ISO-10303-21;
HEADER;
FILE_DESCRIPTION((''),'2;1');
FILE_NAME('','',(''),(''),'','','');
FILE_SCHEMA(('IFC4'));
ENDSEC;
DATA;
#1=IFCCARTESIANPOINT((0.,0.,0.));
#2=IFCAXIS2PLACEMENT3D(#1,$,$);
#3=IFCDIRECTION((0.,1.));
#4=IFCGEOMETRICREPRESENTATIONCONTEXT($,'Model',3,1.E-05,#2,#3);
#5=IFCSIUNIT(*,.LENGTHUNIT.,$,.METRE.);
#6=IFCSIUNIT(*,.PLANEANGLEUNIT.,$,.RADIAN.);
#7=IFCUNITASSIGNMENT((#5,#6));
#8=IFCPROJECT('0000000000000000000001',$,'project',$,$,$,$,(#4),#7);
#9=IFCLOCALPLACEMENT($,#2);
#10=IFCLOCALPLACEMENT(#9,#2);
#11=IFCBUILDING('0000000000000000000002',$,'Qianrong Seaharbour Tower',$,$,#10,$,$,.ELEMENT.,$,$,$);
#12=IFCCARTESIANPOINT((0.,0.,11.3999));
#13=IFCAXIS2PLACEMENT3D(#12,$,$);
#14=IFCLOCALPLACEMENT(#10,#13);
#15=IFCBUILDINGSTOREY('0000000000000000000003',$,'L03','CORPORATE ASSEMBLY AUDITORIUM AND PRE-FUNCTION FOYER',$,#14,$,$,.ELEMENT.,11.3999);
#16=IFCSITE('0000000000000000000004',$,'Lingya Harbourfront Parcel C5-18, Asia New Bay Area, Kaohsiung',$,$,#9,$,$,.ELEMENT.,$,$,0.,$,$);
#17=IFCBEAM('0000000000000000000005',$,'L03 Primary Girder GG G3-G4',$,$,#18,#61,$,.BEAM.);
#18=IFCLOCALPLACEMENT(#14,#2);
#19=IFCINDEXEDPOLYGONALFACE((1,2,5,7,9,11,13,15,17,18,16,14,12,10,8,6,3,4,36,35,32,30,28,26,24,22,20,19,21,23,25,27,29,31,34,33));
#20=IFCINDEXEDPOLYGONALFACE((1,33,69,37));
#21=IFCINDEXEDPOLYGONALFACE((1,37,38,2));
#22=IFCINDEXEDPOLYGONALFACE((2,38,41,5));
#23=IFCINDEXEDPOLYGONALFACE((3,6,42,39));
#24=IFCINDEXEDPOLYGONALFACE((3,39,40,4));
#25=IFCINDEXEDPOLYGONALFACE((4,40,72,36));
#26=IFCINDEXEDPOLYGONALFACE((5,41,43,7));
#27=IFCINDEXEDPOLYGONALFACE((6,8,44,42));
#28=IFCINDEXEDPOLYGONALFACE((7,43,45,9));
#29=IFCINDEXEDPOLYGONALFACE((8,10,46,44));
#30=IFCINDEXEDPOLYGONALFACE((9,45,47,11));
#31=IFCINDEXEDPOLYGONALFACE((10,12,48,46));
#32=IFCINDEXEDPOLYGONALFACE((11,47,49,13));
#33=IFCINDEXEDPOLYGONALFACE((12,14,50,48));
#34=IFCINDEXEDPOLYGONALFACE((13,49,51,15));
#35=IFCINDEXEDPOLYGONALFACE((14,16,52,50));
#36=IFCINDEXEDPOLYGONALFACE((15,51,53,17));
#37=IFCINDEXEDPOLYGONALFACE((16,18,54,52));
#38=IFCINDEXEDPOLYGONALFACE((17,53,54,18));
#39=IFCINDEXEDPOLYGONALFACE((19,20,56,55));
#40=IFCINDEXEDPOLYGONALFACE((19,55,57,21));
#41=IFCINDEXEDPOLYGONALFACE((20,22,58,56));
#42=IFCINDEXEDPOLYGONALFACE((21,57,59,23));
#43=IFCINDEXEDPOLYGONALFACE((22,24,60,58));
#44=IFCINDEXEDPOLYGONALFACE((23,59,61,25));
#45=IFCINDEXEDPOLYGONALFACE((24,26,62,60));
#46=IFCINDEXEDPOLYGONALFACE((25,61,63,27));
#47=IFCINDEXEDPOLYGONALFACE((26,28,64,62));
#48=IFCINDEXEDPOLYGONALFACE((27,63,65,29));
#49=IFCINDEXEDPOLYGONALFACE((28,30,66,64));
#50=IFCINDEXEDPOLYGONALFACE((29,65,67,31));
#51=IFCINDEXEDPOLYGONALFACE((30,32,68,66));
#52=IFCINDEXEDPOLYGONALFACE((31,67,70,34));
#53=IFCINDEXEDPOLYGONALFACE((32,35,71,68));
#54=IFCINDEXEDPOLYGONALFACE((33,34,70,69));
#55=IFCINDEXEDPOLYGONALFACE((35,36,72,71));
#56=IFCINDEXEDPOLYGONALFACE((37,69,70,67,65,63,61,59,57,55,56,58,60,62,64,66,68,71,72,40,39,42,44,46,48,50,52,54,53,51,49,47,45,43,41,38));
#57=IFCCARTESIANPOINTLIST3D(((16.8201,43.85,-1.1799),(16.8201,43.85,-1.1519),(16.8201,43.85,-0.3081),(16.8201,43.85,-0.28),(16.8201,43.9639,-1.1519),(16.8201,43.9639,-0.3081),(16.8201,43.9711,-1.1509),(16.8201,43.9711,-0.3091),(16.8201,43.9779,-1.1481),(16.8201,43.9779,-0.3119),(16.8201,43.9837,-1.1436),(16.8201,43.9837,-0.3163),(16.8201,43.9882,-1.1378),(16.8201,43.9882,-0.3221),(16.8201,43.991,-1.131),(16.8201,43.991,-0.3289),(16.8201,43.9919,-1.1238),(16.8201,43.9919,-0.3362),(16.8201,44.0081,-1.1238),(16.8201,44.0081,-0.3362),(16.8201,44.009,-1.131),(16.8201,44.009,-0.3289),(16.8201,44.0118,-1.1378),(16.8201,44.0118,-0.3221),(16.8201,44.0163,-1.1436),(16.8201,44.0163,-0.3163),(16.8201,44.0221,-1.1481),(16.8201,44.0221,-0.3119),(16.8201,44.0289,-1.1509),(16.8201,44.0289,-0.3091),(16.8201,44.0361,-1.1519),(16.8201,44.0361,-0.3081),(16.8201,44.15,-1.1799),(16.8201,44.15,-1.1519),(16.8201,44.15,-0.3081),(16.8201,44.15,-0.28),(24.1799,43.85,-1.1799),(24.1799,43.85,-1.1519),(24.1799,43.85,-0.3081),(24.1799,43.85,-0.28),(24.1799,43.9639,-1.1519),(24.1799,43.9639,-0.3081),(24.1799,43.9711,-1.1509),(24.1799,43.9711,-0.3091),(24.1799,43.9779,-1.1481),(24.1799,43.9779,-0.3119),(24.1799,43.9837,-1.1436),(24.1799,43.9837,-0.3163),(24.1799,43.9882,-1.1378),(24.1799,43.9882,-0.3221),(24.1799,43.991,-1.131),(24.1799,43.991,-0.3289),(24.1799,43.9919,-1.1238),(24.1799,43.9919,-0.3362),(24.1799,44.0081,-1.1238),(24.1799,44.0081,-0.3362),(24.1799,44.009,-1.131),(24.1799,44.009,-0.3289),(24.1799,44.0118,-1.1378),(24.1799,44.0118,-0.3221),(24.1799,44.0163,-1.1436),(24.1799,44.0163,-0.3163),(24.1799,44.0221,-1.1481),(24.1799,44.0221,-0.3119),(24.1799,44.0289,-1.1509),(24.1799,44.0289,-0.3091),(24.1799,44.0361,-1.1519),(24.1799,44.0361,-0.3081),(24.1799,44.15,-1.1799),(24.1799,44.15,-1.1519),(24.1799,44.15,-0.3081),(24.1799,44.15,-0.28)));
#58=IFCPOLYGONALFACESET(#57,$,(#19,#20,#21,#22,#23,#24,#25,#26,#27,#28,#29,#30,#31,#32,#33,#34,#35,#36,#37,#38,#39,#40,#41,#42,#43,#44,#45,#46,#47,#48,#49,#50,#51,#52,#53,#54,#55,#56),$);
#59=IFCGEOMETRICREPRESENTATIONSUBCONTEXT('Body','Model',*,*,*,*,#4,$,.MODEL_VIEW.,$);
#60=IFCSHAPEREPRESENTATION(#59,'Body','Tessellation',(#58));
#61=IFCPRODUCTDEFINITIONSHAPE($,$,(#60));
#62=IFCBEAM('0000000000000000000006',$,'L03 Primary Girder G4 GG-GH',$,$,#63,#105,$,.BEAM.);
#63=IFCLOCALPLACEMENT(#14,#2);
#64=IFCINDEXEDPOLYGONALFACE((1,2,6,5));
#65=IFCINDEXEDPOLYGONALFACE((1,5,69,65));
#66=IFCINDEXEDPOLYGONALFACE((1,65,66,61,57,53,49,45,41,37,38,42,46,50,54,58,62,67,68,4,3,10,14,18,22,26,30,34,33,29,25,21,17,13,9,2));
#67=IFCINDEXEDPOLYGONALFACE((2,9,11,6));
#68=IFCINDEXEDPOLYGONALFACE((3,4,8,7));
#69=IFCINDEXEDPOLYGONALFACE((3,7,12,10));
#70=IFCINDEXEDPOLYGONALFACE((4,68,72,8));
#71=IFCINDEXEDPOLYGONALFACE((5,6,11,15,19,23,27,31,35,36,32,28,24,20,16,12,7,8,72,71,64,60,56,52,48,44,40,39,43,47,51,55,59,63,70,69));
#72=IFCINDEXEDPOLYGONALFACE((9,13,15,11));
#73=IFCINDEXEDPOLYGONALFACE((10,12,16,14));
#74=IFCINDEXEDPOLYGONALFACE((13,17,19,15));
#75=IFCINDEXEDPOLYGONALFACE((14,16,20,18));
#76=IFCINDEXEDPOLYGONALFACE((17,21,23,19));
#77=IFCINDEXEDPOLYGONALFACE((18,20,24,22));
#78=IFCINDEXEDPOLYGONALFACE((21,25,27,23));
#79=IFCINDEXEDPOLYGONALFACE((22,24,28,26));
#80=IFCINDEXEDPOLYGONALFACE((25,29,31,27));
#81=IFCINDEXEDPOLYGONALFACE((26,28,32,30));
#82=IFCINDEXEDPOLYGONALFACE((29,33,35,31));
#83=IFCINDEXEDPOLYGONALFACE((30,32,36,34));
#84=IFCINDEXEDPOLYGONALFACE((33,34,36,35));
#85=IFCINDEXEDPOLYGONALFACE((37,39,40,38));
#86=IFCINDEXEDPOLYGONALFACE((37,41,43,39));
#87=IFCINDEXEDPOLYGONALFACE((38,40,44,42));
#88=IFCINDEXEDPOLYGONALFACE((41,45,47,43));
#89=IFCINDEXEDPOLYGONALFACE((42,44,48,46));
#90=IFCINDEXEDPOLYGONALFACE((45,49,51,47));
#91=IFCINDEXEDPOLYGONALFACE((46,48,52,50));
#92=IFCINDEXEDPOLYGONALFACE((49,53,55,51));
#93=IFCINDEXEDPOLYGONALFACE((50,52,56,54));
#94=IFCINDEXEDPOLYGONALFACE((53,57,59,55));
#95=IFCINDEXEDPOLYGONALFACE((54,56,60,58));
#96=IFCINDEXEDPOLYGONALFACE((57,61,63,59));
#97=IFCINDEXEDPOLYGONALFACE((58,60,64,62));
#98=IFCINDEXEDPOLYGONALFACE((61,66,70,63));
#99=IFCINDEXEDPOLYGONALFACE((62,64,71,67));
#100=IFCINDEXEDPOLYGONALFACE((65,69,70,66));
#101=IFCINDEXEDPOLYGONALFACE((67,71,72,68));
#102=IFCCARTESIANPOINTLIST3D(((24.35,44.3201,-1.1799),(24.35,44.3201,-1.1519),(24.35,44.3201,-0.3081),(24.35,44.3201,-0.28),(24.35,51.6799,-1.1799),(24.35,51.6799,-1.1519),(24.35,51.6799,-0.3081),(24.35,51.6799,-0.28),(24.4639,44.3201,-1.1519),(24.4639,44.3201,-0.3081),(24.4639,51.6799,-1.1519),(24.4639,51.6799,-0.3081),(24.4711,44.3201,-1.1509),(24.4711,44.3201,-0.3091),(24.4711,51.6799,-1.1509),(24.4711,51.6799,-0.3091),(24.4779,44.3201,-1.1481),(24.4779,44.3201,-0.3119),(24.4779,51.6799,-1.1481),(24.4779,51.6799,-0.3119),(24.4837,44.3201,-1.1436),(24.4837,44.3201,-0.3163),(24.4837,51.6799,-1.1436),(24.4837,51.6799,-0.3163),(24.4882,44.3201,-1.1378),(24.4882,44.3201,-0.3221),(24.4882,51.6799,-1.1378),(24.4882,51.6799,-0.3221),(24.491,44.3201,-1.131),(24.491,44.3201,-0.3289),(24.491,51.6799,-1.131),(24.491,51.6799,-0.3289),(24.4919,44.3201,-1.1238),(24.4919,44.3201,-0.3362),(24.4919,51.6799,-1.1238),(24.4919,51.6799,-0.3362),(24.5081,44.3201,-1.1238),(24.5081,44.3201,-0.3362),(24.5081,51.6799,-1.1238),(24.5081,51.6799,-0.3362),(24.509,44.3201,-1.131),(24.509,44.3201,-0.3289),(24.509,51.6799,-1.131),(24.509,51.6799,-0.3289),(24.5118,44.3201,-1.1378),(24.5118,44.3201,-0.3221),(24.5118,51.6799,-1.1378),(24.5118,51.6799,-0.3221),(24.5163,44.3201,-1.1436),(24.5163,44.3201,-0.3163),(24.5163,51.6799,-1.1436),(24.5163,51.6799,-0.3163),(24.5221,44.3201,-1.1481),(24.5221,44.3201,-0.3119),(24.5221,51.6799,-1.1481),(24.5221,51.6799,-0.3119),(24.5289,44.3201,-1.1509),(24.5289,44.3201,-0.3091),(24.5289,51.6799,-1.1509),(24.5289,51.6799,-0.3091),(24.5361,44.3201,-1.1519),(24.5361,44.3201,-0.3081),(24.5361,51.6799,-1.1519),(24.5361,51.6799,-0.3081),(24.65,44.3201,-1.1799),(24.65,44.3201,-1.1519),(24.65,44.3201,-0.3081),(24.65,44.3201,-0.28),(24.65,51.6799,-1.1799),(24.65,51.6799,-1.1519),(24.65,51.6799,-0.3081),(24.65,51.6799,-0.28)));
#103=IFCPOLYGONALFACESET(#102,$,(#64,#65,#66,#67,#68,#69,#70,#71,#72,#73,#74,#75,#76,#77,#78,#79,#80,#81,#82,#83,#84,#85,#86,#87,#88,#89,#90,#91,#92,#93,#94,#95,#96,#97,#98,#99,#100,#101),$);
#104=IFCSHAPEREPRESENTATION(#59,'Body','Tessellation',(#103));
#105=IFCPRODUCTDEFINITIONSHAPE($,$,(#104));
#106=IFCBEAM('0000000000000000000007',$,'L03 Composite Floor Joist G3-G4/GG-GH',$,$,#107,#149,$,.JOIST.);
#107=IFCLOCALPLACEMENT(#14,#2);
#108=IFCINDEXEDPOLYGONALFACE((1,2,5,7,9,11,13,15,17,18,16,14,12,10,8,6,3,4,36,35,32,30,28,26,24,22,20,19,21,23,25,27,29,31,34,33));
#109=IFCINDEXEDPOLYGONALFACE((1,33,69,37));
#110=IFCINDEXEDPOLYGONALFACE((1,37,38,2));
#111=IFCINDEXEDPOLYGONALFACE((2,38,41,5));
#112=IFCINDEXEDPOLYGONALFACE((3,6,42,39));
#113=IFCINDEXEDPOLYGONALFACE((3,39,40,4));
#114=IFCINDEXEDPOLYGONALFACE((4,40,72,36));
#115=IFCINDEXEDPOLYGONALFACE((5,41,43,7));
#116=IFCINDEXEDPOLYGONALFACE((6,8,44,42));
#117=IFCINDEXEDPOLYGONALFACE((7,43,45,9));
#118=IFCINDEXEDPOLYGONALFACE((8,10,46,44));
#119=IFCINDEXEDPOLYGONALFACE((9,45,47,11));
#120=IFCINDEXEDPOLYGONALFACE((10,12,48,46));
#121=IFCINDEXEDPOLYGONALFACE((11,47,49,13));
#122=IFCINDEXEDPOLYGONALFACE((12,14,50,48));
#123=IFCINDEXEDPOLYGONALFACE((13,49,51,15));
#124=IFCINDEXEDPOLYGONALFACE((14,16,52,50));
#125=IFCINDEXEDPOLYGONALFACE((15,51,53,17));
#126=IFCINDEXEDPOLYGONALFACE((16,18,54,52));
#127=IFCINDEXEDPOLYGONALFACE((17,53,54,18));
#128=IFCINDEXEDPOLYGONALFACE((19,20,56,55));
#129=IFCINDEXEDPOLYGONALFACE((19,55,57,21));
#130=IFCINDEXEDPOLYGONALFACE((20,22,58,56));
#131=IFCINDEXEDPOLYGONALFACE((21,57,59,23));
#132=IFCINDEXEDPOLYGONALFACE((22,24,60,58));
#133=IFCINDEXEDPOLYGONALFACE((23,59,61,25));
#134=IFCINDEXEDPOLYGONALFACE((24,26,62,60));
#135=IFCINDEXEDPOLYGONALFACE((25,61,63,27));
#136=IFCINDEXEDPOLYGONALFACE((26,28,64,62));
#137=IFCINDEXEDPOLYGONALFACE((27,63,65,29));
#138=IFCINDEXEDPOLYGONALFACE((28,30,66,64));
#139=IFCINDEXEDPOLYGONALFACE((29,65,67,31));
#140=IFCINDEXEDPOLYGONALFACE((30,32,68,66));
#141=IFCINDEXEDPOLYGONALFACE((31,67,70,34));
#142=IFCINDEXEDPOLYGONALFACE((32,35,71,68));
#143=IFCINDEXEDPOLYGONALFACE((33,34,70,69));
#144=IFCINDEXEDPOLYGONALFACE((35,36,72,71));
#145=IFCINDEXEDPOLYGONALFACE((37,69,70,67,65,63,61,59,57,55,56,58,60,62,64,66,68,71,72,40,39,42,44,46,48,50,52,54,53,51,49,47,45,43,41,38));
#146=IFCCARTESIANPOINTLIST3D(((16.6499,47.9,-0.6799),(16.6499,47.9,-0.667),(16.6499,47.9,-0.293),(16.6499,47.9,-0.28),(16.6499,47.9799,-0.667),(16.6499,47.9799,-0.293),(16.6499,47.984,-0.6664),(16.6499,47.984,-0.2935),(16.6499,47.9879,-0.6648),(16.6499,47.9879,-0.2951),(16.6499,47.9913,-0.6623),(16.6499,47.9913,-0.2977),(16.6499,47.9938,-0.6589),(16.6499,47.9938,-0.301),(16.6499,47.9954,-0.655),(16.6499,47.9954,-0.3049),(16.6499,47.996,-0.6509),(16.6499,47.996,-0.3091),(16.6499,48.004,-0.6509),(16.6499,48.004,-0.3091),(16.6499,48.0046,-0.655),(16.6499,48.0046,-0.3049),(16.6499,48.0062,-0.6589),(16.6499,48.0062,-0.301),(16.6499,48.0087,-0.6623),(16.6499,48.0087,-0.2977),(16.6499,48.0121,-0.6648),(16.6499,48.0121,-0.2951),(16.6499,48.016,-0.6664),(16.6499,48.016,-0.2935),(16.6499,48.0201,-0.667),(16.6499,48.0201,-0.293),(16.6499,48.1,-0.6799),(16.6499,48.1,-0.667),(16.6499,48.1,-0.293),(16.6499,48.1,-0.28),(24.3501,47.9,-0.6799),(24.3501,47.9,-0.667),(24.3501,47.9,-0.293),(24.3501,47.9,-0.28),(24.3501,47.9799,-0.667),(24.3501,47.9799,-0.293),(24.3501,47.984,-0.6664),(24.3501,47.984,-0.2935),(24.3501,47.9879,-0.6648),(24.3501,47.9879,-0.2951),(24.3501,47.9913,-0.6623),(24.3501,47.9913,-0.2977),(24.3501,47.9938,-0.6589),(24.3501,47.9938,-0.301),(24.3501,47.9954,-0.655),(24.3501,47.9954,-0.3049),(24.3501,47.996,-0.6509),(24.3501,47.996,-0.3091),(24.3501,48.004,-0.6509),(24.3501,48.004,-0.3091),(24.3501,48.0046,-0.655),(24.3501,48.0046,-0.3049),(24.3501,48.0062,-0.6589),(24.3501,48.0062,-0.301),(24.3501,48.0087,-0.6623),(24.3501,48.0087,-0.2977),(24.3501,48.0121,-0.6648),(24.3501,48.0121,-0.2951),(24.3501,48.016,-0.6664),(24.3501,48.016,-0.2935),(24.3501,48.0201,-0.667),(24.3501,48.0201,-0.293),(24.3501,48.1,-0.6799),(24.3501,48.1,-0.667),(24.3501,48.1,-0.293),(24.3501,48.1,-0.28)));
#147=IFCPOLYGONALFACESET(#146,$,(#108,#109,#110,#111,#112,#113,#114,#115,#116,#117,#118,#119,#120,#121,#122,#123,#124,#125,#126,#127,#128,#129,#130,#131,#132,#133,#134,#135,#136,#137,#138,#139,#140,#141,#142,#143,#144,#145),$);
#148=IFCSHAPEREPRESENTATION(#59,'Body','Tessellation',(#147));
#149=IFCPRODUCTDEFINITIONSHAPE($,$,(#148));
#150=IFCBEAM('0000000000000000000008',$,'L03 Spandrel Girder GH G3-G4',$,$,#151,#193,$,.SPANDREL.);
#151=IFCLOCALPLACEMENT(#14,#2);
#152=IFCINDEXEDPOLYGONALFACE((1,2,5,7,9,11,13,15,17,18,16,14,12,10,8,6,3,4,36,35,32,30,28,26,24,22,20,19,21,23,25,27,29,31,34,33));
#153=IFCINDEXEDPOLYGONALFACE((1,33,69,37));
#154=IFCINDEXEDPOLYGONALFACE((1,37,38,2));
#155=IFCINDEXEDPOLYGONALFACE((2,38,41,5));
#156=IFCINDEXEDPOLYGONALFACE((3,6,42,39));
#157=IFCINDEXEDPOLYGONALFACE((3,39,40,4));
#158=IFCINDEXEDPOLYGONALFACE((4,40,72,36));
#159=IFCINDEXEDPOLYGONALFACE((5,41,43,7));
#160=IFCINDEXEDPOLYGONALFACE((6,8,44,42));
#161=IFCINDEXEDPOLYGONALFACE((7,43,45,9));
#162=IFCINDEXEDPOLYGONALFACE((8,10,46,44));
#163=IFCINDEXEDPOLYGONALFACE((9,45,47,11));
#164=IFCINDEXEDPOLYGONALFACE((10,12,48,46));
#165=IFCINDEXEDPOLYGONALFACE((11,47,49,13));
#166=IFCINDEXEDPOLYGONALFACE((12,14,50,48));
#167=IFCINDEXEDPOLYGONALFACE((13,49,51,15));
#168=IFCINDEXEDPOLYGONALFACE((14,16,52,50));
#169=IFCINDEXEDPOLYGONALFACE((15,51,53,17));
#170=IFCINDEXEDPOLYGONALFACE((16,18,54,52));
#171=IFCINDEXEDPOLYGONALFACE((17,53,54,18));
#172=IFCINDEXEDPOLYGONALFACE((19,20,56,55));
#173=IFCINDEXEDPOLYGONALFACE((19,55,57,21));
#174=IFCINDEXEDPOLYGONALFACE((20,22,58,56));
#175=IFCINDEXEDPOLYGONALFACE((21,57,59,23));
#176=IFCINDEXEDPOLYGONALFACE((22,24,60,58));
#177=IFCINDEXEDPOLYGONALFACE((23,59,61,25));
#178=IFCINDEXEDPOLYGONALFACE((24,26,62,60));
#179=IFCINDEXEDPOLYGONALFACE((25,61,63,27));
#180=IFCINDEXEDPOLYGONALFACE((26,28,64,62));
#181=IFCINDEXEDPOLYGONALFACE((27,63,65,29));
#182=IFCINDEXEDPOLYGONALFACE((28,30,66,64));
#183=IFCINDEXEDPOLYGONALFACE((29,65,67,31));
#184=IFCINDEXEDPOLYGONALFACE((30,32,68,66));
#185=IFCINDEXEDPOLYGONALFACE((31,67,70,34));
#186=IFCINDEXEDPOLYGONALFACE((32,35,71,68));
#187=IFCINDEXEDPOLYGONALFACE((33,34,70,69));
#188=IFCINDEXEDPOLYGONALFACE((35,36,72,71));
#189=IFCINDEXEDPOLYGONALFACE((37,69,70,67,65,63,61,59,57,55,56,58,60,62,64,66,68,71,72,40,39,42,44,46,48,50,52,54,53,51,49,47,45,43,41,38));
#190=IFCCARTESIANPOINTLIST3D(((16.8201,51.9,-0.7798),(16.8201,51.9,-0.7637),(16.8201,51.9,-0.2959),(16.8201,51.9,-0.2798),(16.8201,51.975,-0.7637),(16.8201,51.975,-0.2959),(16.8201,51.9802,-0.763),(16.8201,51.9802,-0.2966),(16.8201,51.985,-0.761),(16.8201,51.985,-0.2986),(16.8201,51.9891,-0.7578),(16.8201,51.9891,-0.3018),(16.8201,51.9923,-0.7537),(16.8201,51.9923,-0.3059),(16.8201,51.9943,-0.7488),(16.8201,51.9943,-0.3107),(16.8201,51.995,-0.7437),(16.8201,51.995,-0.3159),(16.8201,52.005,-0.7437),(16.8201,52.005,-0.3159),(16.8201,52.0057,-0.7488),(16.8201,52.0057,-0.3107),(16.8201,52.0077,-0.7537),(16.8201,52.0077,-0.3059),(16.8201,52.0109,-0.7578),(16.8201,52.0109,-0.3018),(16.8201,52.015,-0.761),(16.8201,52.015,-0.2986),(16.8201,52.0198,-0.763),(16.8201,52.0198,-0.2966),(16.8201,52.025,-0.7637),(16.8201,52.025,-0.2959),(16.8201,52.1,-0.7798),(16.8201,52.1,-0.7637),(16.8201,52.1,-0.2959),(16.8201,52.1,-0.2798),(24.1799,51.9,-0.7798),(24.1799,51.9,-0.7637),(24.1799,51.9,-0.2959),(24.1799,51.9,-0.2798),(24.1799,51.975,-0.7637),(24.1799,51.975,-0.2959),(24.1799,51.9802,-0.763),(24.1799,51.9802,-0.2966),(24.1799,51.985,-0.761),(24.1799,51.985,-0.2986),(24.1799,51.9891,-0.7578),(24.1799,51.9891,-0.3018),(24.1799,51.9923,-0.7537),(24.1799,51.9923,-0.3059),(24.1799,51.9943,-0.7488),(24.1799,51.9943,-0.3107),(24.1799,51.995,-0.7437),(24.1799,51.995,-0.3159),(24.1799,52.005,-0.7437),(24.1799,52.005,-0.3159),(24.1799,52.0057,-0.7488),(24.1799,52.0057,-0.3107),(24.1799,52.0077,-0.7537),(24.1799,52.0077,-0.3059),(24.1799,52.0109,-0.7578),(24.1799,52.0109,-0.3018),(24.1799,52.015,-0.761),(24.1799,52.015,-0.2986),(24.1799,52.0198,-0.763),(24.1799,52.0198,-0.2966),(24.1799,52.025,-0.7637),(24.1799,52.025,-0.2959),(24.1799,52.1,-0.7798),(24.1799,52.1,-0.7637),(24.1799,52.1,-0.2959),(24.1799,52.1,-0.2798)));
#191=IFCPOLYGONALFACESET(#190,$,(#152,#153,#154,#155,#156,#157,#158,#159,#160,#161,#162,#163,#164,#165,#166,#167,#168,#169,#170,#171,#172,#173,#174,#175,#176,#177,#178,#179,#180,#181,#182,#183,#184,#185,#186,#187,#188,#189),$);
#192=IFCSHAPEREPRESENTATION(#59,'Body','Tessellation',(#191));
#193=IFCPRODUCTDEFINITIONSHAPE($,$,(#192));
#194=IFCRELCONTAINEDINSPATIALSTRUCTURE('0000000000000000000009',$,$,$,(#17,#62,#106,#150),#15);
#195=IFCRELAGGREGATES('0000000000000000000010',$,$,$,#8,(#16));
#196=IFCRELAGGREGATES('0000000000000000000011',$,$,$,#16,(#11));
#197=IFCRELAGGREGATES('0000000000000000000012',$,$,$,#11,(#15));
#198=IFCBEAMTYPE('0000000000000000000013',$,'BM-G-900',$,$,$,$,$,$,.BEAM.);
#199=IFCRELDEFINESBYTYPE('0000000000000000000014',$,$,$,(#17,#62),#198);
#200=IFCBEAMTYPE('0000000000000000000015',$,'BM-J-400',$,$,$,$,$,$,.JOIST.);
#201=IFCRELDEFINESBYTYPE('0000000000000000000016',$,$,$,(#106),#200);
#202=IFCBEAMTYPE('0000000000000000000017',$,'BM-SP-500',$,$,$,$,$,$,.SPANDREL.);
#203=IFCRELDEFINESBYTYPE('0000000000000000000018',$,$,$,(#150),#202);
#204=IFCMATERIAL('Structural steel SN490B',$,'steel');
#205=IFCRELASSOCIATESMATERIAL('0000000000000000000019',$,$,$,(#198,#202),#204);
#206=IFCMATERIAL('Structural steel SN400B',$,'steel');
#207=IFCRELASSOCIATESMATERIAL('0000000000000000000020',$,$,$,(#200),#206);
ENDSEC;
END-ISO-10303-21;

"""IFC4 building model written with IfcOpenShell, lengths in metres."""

from ifc_helpers import new_model, si_unit, direction, frame, origin, origin_2d, place, context, subcontext, project, spatial, i_section, extrude, material, material_profile, profile_set, type_object, element, save


model = new_model("IFC4")

# Units and contexts
model_context = context("Model", 3, precision=1e-05, world=origin(), true_north=direction((0.0, 1.0)))
body_context = subcontext(model_context, "Body", "Model", "MODEL_VIEW")
ifc_project = project(units=[si_unit("LENGTHUNIT", "METRE"), si_unit("PLANEANGLEUNIT", "RADIAN")], contexts=[model_context])

# Site, building, storey
site_placement = place(None, origin())
site = spatial("IfcSite", under=ifc_project, at=site_placement, Name="Lingya Harbourfront Parcel C5-18, Asia New Bay Area, Kaohsiung", CompositionType="ELEMENT", RefElevation=0.0)
building_placement = place(site_placement, origin())
building = spatial("IfcBuilding", under=site, at=building_placement, Name="Qianrong Seaharbour Tower", CompositionType="ELEMENT")
storey_placement = place(building_placement, frame((0.0, 0.0, 11.3999)))
storey = spatial("IfcBuildingStorey", under=building, at=storey_placement, Name="L03", Description="CORPORATE ASSEMBLY AUDITORIUM AND PRE-FUNCTION FOYER", CompositionType="ELEMENT", Elevation=11.3999)

# Shared definitions
ifc_material_1 = material(Name="Structural steel SN490B", Category="steel")

# Beams
ifc_material_profile_1 = material_profile(ifc_material_1, i_section(OverallWidth=0.3, OverallDepth=0.8999, WebThickness=0.0161, FlangeThickness=0.0281, FilletRadius=0.0281, at=origin_2d()), Name="H900x300x16x28")
ifc_profile_set_1 = profile_set([ifc_material_profile_1], Name="Structural steel SN490B")
beam_type_1 = type_object("IfcBeamType", Name="BM-G-900", PredefinedType="BEAM", material=ifc_profile_set_1)
for number, where, z_axis, x_axis, name in (
    (1, (16.8201, 44.0, -0.73), (1.0, 0.0, 0.0), (0.0, 1.0, 0.0), "L03 Primary Girder GG G3-G4"),
    (2, (24.5, 44.3201, -0.73), (0.0, 1.0, 0.0), (-1.0, 0.0, 0.0), "L03 Primary Girder G4 GG-GH"),
):
    element("IfcBeam", number, at=place(storey_placement, frame(where, z_axis=z_axis, x_axis=x_axis)), inside=storey, type_object=beam_type_1, Name=name, PredefinedType="BEAM", context=body_context, shape_type="SweptSolid", body=[
        extrude(i_section(OverallWidth=0.3, OverallDepth=0.8999, WebThickness=0.0161, FlangeThickness=0.0281, FilletRadius=0.0281, at=origin_2d()), origin(), (0.0, 0.0, 1.0), 7.3599),
    ])
ifc_material_2 = material(Name="Structural steel SN400B", Category="steel")
ifc_material_profile_2 = material_profile(ifc_material_2, i_section(OverallWidth=0.2, OverallDepth=0.3999, WebThickness=0.0081, FlangeThickness=0.0129, FilletRadius=0.0161, at=origin_2d()), Name="H400x200x8x13")
ifc_profile_set_2 = profile_set([ifc_material_profile_2], Name="Structural steel SN400B")
beam_type_2 = type_object("IfcBeamType", Name="BM-J-400", PredefinedType="JOIST", material=ifc_profile_set_2)
beam_placement = place(storey_placement, frame((16.6499, 48.0, -0.48), z_axis=(1.0, 0.0, 0.0), x_axis=(0.0, 1.0, 0.0)))
element("IfcBeam", 3, at=beam_placement, inside=storey, type_object=beam_type_2, Name="L03 Composite Floor Joist G3-G4/GG-GH", PredefinedType="JOIST", context=body_context, shape_type="SweptSolid", body=[
    extrude(i_section(OverallWidth=0.2, OverallDepth=0.3999, WebThickness=0.0081, FlangeThickness=0.0129, FilletRadius=0.0161, at=origin_2d()), origin(), (0.0, 0.0, 1.0), 7.7002),
])
ifc_material_profile_3 = material_profile(ifc_material_1, i_section(OverallWidth=0.2, OverallDepth=0.5, WebThickness=0.01, FlangeThickness=0.0161, FilletRadius=0.02, at=origin_2d()), Name="H500x200x10x16")
ifc_profile_set_3 = profile_set([ifc_material_profile_3], Name="Structural steel SN490B")
beam_type_3 = type_object("IfcBeamType", Name="BM-SP-500", PredefinedType="SPANDREL", material=ifc_profile_set_3)
for number, where, z_axis, x_axis, name in (
    (4, (16.8201, 52.0, -0.5298), (1.0, 0.0, 0.0), (0.0, 1.0, 0.0), "L03 Spandrel Girder GH G3-G4"),
):
    element("IfcBeam", number, at=place(storey_placement, frame(where, z_axis=z_axis, x_axis=x_axis)), inside=storey, type_object=beam_type_3, Name=name, PredefinedType="SPANDREL", context=body_context, shape_type="SweptSolid", body=[
        extrude(i_section(OverallWidth=0.2, OverallDepth=0.5, WebThickness=0.01, FlangeThickness=0.0161, FilletRadius=0.02, at=origin_2d()), origin(), (0.0, 0.0, 1.0), 7.3599),
    ])

save(model, "model.ifc")
